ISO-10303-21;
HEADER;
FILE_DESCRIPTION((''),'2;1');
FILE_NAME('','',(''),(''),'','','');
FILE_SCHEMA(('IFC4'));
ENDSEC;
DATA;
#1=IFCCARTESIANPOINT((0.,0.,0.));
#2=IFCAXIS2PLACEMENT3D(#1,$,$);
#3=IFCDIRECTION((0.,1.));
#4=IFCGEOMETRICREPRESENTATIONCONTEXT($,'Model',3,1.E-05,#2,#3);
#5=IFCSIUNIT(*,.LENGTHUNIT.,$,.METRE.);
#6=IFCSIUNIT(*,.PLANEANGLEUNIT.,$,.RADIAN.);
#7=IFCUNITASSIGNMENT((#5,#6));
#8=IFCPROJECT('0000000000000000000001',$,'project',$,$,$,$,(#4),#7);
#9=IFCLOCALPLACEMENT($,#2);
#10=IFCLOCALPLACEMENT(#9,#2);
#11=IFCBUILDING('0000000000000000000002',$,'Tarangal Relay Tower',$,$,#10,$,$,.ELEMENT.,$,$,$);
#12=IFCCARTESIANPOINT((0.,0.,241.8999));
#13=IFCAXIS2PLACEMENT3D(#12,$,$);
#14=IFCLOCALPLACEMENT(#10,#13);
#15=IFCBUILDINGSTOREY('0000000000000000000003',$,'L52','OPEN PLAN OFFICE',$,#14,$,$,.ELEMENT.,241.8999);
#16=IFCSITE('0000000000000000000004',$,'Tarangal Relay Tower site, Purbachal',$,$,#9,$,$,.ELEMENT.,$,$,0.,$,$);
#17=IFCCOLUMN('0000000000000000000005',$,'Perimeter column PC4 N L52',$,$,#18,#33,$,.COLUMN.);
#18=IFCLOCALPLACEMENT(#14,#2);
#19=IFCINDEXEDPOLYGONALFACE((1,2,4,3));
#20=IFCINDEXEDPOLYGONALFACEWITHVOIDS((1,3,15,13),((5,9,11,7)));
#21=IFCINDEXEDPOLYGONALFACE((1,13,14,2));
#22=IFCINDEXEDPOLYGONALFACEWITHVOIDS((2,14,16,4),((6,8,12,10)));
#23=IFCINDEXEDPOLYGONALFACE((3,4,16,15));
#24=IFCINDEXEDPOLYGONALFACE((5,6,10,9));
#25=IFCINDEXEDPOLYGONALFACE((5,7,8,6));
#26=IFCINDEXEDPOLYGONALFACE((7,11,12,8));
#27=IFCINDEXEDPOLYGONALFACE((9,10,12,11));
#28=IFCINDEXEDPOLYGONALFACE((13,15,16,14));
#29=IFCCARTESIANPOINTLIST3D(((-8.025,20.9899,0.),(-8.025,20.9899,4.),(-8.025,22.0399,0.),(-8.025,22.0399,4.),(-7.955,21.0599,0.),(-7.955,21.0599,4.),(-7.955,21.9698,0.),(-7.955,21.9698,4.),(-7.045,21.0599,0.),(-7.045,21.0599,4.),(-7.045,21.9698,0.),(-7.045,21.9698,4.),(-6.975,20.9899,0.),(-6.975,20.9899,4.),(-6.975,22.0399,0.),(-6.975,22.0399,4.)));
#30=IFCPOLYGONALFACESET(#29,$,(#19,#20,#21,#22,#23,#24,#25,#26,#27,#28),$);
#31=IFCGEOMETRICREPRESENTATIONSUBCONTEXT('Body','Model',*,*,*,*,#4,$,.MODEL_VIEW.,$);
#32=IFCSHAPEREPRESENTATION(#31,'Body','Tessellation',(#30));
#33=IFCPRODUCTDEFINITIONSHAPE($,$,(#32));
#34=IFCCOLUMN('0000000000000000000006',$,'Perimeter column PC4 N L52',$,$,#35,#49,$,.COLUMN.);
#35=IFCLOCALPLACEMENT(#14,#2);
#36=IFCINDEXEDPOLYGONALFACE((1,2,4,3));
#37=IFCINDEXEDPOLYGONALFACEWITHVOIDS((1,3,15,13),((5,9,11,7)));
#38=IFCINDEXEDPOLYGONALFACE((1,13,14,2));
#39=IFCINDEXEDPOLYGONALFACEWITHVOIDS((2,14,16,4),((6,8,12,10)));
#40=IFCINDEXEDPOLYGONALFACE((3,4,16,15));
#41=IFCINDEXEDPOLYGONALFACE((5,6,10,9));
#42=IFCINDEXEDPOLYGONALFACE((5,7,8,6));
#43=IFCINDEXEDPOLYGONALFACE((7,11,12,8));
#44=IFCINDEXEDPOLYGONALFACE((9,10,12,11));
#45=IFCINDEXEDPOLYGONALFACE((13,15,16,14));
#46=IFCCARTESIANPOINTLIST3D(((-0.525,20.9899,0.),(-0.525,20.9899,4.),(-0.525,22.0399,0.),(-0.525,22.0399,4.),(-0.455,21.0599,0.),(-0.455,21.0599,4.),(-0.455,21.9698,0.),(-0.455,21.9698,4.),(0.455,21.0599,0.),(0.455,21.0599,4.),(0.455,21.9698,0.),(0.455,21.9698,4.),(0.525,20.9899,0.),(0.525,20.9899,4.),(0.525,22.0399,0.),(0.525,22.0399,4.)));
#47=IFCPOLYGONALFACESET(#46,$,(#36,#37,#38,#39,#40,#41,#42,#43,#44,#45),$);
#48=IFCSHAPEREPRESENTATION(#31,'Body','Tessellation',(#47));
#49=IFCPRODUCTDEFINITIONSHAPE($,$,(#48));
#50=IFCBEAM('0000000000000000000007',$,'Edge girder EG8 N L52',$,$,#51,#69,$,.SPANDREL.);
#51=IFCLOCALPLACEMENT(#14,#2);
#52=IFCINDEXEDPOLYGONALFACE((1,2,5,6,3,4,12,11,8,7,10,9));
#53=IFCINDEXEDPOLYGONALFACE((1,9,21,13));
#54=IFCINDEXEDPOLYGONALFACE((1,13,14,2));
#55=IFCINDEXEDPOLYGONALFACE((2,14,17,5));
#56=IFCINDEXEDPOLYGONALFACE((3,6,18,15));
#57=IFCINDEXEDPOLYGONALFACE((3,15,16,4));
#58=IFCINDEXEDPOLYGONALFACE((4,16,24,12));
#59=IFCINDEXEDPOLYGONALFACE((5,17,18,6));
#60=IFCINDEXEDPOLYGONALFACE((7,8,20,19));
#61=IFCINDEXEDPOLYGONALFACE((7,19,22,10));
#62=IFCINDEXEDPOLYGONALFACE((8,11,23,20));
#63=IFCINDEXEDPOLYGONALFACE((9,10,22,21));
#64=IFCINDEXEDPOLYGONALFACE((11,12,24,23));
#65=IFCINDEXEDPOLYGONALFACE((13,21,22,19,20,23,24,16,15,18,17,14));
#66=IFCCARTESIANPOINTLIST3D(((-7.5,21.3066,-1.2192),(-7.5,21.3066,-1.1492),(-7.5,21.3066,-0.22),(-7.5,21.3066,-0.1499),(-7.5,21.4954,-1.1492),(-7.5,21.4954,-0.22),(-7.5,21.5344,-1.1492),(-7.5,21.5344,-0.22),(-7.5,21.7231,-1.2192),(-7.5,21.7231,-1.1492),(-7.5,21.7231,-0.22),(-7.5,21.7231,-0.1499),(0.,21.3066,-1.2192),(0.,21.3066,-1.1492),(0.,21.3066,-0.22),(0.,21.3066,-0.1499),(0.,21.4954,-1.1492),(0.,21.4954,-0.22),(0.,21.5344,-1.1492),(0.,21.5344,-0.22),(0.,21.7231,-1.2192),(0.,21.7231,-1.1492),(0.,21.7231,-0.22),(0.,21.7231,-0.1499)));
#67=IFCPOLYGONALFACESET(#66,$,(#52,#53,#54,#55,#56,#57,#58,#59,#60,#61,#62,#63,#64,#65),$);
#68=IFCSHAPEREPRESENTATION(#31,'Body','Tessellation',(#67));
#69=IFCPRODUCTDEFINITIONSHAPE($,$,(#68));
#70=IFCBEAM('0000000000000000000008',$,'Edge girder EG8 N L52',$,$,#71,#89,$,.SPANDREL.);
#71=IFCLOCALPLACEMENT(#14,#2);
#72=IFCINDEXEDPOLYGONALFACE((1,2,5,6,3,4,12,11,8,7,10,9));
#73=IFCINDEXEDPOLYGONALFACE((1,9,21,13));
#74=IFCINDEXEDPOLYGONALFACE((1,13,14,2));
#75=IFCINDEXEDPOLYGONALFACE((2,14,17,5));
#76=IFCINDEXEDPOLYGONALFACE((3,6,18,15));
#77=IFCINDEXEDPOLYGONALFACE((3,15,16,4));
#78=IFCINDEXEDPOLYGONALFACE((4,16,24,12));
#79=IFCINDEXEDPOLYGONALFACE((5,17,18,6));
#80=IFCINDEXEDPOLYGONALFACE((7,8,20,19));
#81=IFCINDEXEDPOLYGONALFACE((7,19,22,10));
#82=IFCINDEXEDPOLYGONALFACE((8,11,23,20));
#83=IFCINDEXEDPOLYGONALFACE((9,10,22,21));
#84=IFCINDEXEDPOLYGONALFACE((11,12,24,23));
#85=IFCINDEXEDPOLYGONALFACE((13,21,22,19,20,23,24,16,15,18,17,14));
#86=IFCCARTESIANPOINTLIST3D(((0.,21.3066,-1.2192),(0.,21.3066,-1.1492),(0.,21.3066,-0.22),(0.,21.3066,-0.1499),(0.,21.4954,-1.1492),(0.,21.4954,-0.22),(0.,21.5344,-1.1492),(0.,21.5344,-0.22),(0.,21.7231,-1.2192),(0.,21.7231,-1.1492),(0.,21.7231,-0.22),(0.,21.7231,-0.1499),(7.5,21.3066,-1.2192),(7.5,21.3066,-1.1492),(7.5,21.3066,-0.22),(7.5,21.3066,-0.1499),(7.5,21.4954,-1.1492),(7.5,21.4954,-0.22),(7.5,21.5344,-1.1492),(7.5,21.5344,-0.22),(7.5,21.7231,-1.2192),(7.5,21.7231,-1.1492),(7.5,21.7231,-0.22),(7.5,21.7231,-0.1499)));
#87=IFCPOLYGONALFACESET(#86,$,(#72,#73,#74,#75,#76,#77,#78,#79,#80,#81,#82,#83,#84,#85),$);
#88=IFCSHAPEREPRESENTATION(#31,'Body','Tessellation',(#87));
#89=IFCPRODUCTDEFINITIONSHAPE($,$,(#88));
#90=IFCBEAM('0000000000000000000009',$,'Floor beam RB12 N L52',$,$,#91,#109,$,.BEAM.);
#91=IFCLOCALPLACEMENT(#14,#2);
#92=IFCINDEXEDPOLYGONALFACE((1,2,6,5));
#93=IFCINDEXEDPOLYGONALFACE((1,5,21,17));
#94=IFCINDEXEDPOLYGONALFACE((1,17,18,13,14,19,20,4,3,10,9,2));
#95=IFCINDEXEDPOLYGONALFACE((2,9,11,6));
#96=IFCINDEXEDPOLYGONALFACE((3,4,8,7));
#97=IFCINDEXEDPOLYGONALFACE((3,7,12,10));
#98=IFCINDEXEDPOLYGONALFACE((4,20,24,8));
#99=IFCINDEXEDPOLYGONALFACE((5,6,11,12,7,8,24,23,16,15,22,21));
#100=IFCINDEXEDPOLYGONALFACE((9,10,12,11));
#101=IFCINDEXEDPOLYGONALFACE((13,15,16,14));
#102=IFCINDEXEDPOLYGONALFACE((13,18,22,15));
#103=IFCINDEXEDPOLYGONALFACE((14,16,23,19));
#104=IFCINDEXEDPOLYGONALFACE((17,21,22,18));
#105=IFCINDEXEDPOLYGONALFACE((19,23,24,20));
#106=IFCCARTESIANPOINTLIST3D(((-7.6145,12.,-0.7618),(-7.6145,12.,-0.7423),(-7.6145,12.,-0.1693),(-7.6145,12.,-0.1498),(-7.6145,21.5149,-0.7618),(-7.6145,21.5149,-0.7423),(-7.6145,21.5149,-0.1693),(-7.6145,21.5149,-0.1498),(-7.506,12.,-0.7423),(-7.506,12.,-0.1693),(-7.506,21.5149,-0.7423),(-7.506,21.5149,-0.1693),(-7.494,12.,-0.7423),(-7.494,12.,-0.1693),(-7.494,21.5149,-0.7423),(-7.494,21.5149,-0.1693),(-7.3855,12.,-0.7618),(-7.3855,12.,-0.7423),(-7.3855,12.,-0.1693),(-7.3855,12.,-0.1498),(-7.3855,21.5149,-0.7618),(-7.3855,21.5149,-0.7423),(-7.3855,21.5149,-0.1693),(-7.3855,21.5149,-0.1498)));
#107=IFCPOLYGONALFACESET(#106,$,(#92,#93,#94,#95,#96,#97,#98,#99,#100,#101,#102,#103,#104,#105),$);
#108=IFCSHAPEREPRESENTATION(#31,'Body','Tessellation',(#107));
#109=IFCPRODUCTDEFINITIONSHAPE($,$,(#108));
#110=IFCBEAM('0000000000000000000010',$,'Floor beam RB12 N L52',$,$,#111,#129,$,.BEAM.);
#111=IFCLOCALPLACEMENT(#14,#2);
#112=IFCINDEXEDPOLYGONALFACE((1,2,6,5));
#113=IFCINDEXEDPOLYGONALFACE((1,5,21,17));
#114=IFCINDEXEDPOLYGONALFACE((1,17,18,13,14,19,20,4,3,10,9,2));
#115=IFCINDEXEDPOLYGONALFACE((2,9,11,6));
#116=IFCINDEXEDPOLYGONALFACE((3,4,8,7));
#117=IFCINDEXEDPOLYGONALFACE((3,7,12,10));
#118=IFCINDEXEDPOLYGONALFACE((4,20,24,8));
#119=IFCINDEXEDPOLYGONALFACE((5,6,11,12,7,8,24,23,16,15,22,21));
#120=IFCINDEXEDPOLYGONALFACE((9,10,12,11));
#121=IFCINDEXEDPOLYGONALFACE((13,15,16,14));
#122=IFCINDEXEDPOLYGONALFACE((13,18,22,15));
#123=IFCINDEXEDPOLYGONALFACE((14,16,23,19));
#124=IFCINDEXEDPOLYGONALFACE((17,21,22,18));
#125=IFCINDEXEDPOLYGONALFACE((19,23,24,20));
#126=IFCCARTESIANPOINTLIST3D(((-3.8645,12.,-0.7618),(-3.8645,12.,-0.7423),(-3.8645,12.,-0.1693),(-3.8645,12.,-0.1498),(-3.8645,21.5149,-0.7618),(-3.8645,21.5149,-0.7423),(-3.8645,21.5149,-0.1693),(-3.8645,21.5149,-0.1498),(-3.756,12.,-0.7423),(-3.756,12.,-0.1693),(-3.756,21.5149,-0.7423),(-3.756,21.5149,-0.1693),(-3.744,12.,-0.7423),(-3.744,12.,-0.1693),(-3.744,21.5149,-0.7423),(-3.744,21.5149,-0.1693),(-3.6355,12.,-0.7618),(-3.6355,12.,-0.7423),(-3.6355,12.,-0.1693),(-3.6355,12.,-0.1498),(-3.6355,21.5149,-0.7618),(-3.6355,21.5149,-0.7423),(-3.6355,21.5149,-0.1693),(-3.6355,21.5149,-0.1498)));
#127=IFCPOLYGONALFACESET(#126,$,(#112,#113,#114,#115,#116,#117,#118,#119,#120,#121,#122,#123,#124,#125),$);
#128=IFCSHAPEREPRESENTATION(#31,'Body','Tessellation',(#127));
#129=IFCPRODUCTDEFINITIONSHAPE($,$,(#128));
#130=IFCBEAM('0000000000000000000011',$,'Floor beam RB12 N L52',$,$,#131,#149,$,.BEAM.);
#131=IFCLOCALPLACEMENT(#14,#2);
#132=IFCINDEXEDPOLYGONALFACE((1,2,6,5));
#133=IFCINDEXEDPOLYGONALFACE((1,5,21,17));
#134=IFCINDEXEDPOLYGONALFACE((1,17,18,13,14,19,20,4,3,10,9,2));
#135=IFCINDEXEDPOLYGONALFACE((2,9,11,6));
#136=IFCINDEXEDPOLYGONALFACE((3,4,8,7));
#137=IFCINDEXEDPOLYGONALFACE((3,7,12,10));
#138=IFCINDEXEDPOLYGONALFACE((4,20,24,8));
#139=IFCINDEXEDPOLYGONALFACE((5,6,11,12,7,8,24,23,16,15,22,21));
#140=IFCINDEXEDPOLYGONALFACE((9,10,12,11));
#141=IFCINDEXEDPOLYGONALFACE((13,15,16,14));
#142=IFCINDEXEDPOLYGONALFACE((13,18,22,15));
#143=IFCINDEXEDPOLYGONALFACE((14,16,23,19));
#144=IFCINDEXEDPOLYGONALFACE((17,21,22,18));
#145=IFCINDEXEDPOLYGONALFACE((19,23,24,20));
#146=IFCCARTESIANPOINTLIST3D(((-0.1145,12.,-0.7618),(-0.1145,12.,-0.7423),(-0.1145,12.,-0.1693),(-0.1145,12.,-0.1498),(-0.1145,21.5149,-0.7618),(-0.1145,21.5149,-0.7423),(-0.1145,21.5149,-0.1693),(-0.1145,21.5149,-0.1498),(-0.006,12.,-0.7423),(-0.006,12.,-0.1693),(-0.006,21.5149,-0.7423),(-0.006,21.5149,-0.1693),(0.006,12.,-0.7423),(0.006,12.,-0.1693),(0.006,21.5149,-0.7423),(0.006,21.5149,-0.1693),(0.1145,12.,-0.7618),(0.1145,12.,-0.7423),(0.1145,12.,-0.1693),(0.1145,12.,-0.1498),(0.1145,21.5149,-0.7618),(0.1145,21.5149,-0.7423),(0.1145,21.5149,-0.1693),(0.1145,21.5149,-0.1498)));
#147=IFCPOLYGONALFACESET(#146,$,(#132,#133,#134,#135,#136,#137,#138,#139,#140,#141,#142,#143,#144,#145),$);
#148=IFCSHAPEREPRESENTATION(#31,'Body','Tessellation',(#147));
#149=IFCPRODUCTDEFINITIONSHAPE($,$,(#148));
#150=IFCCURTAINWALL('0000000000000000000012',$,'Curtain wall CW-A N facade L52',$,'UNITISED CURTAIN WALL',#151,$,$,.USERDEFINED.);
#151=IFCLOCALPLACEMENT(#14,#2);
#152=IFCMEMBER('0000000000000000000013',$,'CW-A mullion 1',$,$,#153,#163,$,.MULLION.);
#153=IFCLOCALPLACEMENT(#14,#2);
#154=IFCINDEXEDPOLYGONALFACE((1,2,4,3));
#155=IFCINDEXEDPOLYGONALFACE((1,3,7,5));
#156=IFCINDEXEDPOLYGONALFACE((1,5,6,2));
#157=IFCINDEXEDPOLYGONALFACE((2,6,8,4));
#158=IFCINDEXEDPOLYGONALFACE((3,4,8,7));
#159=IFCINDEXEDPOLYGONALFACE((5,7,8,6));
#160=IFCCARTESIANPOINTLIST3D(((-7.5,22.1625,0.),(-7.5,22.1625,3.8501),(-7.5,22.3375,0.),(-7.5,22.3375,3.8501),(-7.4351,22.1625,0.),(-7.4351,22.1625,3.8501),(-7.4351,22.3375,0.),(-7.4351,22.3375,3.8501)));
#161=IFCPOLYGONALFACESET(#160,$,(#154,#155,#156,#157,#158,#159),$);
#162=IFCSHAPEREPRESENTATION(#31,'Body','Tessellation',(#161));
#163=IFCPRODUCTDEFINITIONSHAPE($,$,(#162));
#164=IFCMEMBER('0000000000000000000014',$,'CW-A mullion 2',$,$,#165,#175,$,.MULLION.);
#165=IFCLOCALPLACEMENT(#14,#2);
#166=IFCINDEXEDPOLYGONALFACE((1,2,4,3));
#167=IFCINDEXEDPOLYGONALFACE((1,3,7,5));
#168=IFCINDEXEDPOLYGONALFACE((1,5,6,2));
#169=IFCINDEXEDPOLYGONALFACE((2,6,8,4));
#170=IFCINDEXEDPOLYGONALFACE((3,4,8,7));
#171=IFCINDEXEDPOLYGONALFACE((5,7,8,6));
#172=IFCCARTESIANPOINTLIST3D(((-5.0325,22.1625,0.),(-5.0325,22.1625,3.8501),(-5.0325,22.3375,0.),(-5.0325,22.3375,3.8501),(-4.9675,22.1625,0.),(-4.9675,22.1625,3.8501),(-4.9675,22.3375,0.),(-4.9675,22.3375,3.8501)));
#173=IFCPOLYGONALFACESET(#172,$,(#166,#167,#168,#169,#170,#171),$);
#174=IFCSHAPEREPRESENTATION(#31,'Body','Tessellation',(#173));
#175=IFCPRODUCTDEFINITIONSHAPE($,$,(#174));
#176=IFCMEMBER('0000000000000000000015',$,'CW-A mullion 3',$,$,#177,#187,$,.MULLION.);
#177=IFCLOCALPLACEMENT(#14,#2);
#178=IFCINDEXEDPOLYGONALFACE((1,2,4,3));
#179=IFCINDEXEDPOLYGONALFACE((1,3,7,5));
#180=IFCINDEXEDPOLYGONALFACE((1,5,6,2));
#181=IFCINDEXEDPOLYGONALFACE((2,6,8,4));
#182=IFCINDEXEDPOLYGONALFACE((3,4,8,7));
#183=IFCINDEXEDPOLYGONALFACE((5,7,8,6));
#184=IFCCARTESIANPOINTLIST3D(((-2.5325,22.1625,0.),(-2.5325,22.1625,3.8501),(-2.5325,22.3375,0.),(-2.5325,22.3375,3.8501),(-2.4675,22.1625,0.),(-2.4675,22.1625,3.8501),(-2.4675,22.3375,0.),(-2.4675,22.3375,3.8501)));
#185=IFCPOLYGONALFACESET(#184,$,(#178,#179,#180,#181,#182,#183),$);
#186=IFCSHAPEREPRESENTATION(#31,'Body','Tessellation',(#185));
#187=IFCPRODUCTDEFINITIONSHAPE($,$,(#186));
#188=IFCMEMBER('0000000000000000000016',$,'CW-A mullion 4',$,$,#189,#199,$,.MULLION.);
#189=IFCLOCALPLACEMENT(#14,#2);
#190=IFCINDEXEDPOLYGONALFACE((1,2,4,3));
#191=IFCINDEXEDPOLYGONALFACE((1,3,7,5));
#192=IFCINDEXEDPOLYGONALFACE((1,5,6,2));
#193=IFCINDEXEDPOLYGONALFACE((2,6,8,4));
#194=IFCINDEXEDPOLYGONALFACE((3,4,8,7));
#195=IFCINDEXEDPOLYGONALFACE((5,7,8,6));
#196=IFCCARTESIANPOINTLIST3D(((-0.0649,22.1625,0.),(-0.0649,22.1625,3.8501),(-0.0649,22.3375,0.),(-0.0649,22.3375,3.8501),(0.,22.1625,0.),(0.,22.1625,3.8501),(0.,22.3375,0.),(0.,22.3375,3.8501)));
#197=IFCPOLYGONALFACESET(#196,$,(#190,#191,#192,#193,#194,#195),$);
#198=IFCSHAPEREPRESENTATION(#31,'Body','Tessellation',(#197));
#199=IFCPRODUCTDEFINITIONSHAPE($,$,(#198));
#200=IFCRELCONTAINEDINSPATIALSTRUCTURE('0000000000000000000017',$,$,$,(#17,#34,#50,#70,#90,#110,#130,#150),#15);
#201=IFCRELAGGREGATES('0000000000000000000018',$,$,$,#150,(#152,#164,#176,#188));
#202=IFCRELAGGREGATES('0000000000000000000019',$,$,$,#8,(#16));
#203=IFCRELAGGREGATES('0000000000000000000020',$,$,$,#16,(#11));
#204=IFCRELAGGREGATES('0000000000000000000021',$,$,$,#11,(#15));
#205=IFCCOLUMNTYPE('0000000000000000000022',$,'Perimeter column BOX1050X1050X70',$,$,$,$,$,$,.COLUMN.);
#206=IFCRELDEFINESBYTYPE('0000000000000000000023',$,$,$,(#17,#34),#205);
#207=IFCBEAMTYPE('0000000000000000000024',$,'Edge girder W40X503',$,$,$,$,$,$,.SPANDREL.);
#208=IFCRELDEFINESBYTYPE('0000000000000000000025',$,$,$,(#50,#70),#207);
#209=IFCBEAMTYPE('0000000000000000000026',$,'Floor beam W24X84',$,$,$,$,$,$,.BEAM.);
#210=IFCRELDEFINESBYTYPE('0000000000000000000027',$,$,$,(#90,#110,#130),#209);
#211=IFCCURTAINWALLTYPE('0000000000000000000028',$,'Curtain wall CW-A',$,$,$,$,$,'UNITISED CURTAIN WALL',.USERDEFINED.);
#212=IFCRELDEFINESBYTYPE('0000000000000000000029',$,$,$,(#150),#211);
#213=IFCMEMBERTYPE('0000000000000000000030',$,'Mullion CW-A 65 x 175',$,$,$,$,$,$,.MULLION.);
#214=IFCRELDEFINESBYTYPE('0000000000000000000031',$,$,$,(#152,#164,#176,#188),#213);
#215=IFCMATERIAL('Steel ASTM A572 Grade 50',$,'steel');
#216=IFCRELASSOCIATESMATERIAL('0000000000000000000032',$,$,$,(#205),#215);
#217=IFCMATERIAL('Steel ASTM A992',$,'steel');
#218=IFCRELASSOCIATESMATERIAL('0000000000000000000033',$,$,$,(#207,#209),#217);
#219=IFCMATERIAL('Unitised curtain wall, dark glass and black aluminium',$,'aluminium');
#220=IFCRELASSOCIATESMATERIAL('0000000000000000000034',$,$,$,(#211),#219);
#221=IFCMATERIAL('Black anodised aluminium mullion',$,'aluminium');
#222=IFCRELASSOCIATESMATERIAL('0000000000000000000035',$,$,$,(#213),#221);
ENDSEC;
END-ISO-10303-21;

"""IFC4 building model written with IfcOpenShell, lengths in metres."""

from ifc_helpers import new_model, si_unit, direction, frame, origin, origin_2d, place, context, subcontext, project, spatial, rectangle, hollow_rectangle, i_section, extrude, material, material_profile, profile_set, type_object, element, aggregate, save


model = new_model("IFC4")

# Units and contexts
model_context = context("Model", 3, precision=1e-05, world=origin(), true_north=direction((0.0, 1.0)))
body_context = subcontext(model_context, "Body", "Model", "MODEL_VIEW")
ifc_project = project(units=[si_unit("LENGTHUNIT", "METRE"), si_unit("PLANEANGLEUNIT", "RADIAN")], contexts=[model_context])

# Site, building, storey
site_placement = place(None, origin())
site = spatial("IfcSite", under=ifc_project, at=site_placement, Name="Tarangal Relay Tower site, Purbachal", CompositionType="ELEMENT", RefElevation=0.0)
building_placement = place(site_placement, origin())
building = spatial("IfcBuilding", under=site, at=building_placement, Name="Tarangal Relay Tower", CompositionType="ELEMENT")
storey_placement = place(building_placement, frame((0.0, 0.0, 241.8999)))
storey = spatial("IfcBuildingStorey", under=building, at=storey_placement, Name="L52", Description="OPEN PLAN OFFICE", CompositionType="ELEMENT", Elevation=241.8999)

# Columns
ifc_material_1 = material(Name="Steel ASTM A572 Grade 50", Category="steel")
ifc_material_profile_1 = material_profile(ifc_material_1, hollow_rectangle(XDim=1.05, YDim=1.05, WallThickness=0.0701, at=origin_2d()), Name="BOX1050X1050X70")
ifc_profile_set_1 = profile_set([ifc_material_profile_1], Name="Steel ASTM A572 Grade 50")
column_type = type_object("IfcColumnType", Name="Perimeter column BOX1050X1050X70", PredefinedType="COLUMN", material=ifc_profile_set_1)
for number, where, z_axis, x_axis, name in (
    (1, (-7.5, 21.5149, 0.0), (0.0, 0.0, 1.0), (1.0, 0.0, 0.0), "Perimeter column PC4 N L52"),
    (2, (0.0, 21.5149, 0.0), (0.0, 0.0, 1.0), (1.0, 0.0, 0.0), "Perimeter column PC4 N L52"),
):
    element("IfcColumn", number, at=place(storey_placement, frame(where, z_axis=z_axis, x_axis=x_axis)), inside=storey, type_object=column_type, Name=name, PredefinedType="COLUMN", context=body_context, shape_type="SweptSolid", body=[
        extrude(hollow_rectangle(XDim=1.05, YDim=1.05, WallThickness=0.0701, at=origin_2d()), origin(), (0.0, 0.0, 1.0), 4.0),
    ])

# Beams
ifc_material_2 = material(Name="Steel ASTM A992", Category="steel")
ifc_material_profile_2 = material_profile(ifc_material_2, i_section(OverallWidth=0.4165, OverallDepth=1.0693, WebThickness=0.0391, FlangeThickness=0.0701, at=origin_2d()), Name="W40X503")
ifc_profile_set_2 = profile_set([ifc_material_profile_2], Name="Steel ASTM A992")
beam_type_1 = type_object("IfcBeamType", Name="Edge girder W40X503", PredefinedType="SPANDREL", material=ifc_profile_set_2)
for number, where, z_axis, x_axis, name in (
    (3, (-7.5, 21.5149, -0.6846), (1.0, 0.0, 0.0), (0.0, 1.0, 0.0), "Edge girder EG8 N L52"),
    (4, (0.0, 21.5149, -0.6846), (1.0, 0.0, 0.0), (0.0, 1.0, 0.0), "Edge girder EG8 N L52"),
):
    element("IfcBeam", number, at=place(storey_placement, frame(where, z_axis=z_axis, x_axis=x_axis)), inside=storey, type_object=beam_type_1, Name=name, PredefinedType="SPANDREL", context=body_context, shape_type="SweptSolid", body=[
        extrude(i_section(OverallWidth=0.4165, OverallDepth=1.0693, WebThickness=0.0391, FlangeThickness=0.0701, at=origin_2d()), origin(), (0.0, 0.0, 1.0), 7.5),
    ])
ifc_material_profile_3 = material_profile(ifc_material_2, i_section(OverallWidth=0.229, OverallDepth=0.6121, WebThickness=0.012, FlangeThickness=0.0195, at=origin_2d()), Name="W24X84")
ifc_profile_set_3 = profile_set([ifc_material_profile_3], Name="Steel ASTM A992")
beam_type_2 = type_object("IfcBeamType", Name="Floor beam W24X84", PredefinedType="BEAM", material=ifc_profile_set_3)
for number, where, z_axis, x_axis, name in (
    (5, (-7.5, 12.0, -0.4558), (0.0, 1.0, 0.0), (-1.0, 0.0, 0.0), "Floor beam RB12 N L52"),
    (6, (-3.75, 12.0, -0.4558), (0.0, 1.0, 0.0), (-1.0, 0.0, 0.0), "Floor beam RB12 N L52"),
    (7, (0.0, 12.0, -0.4558), (0.0, 1.0, 0.0), (-1.0, 0.0, 0.0), "Floor beam RB12 N L52"),
):
    element("IfcBeam", number, at=place(storey_placement, frame(where, z_axis=z_axis, x_axis=x_axis)), inside=storey, type_object=beam_type_2, Name=name, PredefinedType="BEAM", context=body_context, shape_type="SweptSolid", body=[
        extrude(i_section(OverallWidth=0.229, OverallDepth=0.6121, WebThickness=0.012, FlangeThickness=0.0195, at=origin_2d()), origin(), (0.0, 0.0, 1.0), 9.5149),
    ])

# Curtain wall, members
ifc_material_3 = material(Name="Unitised curtain wall, dark glass and black aluminium", Category="aluminium")
curtain_wall_type_1 = type_object("IfcCurtainWallType", Name="Curtain wall CW-A", ElementType="UNITISED CURTAIN WALL", PredefinedType="USERDEFINED", material=ifc_material_3)
curtain_wall_1_placement = place(storey_placement, origin())
curtain_wall_1 = element("IfcCurtainWall", 8, at=curtain_wall_1_placement, inside=storey, type_object=curtain_wall_type_1, Name="Curtain wall CW-A N facade L52", ObjectType="UNITISED CURTAIN WALL", PredefinedType="USERDEFINED")
ifc_material_4 = material(Name="Black anodised aluminium mullion", Category="aluminium")
ifc_material_profile_4 = material_profile(ifc_material_4, rectangle(XDim=0.175, YDim=0.0649, at=origin_2d()), Name="CW-AM 65X175")
ifc_profile_set_4 = profile_set([ifc_material_profile_4], Name="Black anodised aluminium mullion")
member_type_1 = type_object("IfcMemberType", Name="Mullion CW-A 65 x 175", PredefinedType="MULLION", material=ifc_profile_set_4)
member_1_placement = place(storey_placement, frame((-7.4675, 22.25, 0.0), z_axis=(0.0, 0.0, 1.0), x_axis=(0.0, 1.0, 0.0)))
member_1 = element("IfcMember", 9, at=member_1_placement, type_object=member_type_1, Name="CW-A mullion 1", PredefinedType="MULLION", context=body_context, shape_type="SweptSolid", body=[
    extrude(rectangle(XDim=0.175, YDim=0.0649, at=origin_2d()), origin(), (0.0, 0.0, 1.0), 3.8501),
])
member_2_placement = place(storey_placement, frame((-5.0, 22.25, 0.0), z_axis=(0.0, 0.0, 1.0), x_axis=(0.0, 1.0, 0.0)))
member_2 = element("IfcMember", 10, at=member_2_placement, type_object=member_type_1, Name="CW-A mullion 2", PredefinedType="MULLION", context=body_context, shape_type="SweptSolid", body=[
    extrude(rectangle(XDim=0.175, YDim=0.0649, at=origin_2d()), origin(), (0.0, 0.0, 1.0), 3.8501),
])
member_3_placement = place(storey_placement, frame((-2.5, 22.25, 0.0), z_axis=(0.0, 0.0, 1.0), x_axis=(0.0, 1.0, 0.0)))
member_3 = element("IfcMember", 11, at=member_3_placement, type_object=member_type_1, Name="CW-A mullion 3", PredefinedType="MULLION", context=body_context, shape_type="SweptSolid", body=[
    extrude(rectangle(XDim=0.175, YDim=0.0649, at=origin_2d()), origin(), (0.0, 0.0, 1.0), 3.8501),
])
member_4_placement = place(storey_placement, frame((-0.0325, 22.25, 0.0), z_axis=(0.0, 0.0, 1.0), x_axis=(0.0, 1.0, 0.0)))
member_4 = element("IfcMember", 12, at=member_4_placement, type_object=member_type_1, Name="CW-A mullion 4", PredefinedType="MULLION", context=body_context, shape_type="SweptSolid", body=[
    extrude(rectangle(XDim=0.175, YDim=0.0649, at=origin_2d()), origin(), (0.0, 0.0, 1.0), 3.8501),
])

aggregate(curtain_wall_1, [member_1, member_2, member_3, member_4])

save(model, "model.ifc")
